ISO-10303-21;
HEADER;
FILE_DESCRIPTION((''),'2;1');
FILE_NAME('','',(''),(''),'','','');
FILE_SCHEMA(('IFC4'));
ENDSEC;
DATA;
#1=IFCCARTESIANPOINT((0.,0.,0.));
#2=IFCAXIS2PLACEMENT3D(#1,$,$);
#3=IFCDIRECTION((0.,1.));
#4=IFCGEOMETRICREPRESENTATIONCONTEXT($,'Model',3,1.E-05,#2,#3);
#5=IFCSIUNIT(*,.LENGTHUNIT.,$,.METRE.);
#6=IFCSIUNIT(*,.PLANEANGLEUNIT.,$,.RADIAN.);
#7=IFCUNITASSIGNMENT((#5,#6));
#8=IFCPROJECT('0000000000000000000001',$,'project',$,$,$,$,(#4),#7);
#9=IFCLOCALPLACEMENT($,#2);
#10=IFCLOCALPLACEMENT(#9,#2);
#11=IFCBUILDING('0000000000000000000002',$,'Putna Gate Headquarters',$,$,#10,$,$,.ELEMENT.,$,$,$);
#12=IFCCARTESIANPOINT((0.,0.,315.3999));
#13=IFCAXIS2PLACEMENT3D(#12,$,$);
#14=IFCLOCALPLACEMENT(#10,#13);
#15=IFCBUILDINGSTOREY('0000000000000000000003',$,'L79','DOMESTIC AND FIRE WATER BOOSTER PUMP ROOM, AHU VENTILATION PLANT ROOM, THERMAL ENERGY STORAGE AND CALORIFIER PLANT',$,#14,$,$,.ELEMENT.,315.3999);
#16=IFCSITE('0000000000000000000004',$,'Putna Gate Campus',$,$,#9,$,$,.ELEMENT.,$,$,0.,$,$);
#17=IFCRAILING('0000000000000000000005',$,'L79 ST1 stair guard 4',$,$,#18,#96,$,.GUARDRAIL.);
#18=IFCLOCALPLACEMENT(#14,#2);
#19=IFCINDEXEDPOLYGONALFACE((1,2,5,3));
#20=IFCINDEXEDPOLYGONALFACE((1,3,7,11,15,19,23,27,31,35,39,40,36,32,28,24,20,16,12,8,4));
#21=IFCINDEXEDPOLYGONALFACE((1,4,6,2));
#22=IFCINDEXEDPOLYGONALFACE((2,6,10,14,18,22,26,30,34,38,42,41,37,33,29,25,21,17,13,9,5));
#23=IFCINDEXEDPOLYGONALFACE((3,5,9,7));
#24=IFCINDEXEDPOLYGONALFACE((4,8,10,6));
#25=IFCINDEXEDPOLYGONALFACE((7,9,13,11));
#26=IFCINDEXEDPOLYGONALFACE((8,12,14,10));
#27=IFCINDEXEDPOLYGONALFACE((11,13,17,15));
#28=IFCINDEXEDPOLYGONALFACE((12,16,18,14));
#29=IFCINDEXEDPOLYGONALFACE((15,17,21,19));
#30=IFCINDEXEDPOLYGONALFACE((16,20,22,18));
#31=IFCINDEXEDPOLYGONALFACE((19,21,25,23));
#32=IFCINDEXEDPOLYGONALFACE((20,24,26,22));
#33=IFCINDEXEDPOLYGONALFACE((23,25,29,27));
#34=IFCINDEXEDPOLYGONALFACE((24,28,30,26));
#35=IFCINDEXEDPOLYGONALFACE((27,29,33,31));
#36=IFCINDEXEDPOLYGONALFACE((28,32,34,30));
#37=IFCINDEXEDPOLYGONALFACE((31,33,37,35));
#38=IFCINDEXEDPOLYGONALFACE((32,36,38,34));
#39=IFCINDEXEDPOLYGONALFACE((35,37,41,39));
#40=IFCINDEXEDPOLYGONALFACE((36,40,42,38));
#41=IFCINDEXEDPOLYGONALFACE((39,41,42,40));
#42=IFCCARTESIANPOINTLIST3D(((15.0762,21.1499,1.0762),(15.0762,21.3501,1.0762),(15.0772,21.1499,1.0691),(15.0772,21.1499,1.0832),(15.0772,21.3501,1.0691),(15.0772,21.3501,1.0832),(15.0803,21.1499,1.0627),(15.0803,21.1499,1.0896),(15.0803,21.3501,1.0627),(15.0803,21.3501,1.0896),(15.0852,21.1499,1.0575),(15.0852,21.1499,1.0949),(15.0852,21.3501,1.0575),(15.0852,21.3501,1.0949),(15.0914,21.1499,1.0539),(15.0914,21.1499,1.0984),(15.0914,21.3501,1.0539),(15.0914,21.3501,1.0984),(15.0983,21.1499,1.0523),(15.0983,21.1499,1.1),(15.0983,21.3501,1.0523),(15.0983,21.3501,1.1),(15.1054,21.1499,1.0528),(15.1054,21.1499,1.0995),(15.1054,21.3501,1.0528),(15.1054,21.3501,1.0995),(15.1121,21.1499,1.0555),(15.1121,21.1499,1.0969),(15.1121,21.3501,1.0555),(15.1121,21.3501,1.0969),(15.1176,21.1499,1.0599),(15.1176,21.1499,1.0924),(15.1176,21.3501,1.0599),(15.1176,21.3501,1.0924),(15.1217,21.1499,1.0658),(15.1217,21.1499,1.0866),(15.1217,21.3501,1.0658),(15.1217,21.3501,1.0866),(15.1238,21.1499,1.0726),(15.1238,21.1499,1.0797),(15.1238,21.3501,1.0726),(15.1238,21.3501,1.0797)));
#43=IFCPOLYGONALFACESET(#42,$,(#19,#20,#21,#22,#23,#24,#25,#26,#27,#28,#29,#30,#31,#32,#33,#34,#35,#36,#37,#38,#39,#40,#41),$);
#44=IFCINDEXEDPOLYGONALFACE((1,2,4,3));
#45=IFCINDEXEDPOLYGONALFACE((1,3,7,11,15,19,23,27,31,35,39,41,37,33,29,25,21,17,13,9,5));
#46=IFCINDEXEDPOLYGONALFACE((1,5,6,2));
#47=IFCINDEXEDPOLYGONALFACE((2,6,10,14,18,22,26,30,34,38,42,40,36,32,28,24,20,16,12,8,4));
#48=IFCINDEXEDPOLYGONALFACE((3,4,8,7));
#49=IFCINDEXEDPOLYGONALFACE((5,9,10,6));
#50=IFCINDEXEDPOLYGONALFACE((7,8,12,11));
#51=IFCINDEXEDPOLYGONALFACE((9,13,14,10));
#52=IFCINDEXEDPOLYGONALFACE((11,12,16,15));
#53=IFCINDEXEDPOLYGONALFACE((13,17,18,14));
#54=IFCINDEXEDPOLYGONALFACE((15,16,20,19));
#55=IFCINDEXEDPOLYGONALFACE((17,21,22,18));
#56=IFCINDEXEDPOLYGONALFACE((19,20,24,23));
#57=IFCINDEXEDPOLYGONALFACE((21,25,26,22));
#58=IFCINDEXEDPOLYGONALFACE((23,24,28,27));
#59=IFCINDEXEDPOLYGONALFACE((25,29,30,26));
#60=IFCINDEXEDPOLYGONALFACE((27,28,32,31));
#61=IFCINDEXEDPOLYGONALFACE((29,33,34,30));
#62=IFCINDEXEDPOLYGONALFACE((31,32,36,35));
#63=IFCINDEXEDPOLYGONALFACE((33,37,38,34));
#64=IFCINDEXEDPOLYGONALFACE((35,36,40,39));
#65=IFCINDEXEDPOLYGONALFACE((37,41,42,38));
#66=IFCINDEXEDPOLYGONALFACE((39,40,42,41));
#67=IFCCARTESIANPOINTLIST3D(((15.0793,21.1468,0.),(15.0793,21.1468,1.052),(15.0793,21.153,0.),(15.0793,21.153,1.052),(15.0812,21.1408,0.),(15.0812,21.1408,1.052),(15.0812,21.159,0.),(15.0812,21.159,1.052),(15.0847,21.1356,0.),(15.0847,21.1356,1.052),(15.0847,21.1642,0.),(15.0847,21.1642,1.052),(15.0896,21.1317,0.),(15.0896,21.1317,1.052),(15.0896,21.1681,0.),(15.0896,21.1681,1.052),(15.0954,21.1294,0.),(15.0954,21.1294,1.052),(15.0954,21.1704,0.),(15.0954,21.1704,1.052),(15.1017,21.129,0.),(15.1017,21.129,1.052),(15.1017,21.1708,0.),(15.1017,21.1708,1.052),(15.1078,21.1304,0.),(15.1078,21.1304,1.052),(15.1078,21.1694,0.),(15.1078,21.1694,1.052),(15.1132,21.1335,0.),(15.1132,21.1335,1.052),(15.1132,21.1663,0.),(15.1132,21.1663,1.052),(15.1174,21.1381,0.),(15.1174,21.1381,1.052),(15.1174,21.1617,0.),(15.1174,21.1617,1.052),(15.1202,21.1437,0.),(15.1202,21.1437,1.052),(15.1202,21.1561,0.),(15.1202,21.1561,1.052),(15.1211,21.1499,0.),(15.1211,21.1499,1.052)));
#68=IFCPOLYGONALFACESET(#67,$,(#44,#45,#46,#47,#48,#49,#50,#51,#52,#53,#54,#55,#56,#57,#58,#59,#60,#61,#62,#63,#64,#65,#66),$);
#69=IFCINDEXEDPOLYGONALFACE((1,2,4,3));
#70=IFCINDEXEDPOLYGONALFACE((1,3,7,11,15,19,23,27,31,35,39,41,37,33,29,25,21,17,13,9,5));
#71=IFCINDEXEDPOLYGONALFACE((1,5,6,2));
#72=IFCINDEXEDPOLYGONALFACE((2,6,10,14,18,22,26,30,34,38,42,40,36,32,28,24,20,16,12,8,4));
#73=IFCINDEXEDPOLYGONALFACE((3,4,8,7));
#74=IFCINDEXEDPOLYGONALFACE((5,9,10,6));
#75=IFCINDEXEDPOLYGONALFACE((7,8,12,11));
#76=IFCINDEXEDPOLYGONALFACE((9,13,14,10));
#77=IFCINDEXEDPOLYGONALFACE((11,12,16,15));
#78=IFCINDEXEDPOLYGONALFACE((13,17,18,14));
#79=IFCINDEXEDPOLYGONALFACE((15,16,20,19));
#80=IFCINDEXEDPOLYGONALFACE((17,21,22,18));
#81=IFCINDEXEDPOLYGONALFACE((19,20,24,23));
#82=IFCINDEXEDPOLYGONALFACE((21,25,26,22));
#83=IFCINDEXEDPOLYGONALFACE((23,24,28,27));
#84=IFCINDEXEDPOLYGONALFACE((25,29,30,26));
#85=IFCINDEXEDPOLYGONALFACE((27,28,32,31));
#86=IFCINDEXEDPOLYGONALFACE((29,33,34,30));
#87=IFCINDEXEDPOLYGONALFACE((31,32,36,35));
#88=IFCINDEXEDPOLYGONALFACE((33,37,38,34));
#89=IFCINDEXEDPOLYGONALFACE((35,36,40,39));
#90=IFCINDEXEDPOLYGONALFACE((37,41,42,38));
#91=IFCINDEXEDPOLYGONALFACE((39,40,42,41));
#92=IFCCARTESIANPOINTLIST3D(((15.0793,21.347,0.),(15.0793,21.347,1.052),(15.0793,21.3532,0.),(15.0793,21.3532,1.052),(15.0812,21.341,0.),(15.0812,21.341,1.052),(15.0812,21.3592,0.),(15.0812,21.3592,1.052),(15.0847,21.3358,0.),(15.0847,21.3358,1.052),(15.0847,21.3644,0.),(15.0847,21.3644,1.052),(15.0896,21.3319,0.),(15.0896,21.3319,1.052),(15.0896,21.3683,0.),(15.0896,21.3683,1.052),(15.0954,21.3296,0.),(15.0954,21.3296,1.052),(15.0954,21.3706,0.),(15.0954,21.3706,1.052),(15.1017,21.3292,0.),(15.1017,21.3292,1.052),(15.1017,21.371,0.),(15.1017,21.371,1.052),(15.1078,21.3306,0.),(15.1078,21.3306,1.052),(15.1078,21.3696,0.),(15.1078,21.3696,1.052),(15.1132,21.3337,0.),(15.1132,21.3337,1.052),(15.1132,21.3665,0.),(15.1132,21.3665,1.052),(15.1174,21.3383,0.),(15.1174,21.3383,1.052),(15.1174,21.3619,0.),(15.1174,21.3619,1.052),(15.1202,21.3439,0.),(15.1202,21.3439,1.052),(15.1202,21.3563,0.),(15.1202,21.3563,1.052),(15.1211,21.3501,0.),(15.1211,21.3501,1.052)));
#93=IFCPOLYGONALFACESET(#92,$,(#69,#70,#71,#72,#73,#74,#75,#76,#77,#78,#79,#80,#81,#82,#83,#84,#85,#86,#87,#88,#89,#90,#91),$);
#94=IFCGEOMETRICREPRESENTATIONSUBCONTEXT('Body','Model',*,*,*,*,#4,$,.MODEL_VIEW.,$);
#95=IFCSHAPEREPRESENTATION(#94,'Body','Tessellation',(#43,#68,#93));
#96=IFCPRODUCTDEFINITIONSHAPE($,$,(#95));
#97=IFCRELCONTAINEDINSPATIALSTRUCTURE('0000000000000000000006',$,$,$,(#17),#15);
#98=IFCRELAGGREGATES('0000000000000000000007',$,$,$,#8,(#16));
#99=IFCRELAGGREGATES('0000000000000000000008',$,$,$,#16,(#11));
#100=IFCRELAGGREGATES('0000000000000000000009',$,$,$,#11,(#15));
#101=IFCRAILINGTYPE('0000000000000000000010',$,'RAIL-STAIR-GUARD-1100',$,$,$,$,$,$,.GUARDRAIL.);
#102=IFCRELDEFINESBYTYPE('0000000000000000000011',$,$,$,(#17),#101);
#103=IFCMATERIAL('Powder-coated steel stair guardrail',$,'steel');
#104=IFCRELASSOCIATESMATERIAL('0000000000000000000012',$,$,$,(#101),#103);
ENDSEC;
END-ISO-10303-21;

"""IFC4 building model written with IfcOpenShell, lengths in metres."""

from ifc_helpers import new_model, si_unit, direction, frame, origin, origin_2d, place, context, subcontext, project, spatial, circle, extrude, material, type_object, element, save


model = new_model("IFC4")

# Units and contexts
model_context = context("Model", 3, precision=1e-05, world=origin(), true_north=direction((0.0, 1.0)))
body_context = subcontext(model_context, "Body", "Model", "MODEL_VIEW")
ifc_project = project(units=[si_unit("LENGTHUNIT", "METRE"), si_unit("PLANEANGLEUNIT", "RADIAN")], contexts=[model_context])

# Site, building, storey
site_placement = place(None, origin())
site = spatial("IfcSite", under=ifc_project, at=site_placement, Name="Putna Gate Campus", CompositionType="ELEMENT", RefElevation=0.0)
building_placement = place(site_placement, origin())
building = spatial("IfcBuilding", under=site, at=building_placement, Name="Putna Gate Headquarters", CompositionType="ELEMENT")
storey_placement = place(building_placement, frame((0.0, 0.0, 315.3999)))
storey = spatial("IfcBuildingStorey", under=building, at=storey_placement, Name="L79", Description="DOMESTIC AND FIRE WATER BOOSTER PUMP ROOM, AHU VENTILATION PLANT ROOM, THERMAL ENERGY STORAGE AND CALORIFIER PLANT", CompositionType="ELEMENT", Elevation=315.3999)

# Railing
ifc_material_1 = material(Name="Powder-coated steel stair guardrail", Category="steel")
railing_type_1 = type_object("IfcRailingType", Name="RAIL-STAIR-GUARD-1100", PredefinedType="GUARDRAIL", material=ifc_material_1)
railing_1_placement = place(storey_placement, frame((15.1001, 21.1499, 0.0)))
element("IfcRailing", 1, at=railing_1_placement, inside=storey, type_object=railing_type_1, Name="L79 ST1 stair guard 4", PredefinedType="GUARDRAIL", context=body_context, shape_type="SweptSolid", body=[
    extrude(circle(Radius=0.0239, at=origin_2d()), frame((0.0, 0.0, 1.0762), z_axis=(0.0, 1.0, 0.0), x_axis=(-1.0, 0.0, 0.0)), (0.0, 0.0, 1.0), 0.2002),
    extrude(circle(Radius=0.021, at=origin_2d()), origin(), (0.0, 0.0, 1.0), 1.052),
    extrude(circle(Radius=0.021, at=origin_2d()), frame((0.0, 0.2002, 0.0)), (0.0, 0.0, 1.0), 1.052),
])

save(model, "model.ifc")
